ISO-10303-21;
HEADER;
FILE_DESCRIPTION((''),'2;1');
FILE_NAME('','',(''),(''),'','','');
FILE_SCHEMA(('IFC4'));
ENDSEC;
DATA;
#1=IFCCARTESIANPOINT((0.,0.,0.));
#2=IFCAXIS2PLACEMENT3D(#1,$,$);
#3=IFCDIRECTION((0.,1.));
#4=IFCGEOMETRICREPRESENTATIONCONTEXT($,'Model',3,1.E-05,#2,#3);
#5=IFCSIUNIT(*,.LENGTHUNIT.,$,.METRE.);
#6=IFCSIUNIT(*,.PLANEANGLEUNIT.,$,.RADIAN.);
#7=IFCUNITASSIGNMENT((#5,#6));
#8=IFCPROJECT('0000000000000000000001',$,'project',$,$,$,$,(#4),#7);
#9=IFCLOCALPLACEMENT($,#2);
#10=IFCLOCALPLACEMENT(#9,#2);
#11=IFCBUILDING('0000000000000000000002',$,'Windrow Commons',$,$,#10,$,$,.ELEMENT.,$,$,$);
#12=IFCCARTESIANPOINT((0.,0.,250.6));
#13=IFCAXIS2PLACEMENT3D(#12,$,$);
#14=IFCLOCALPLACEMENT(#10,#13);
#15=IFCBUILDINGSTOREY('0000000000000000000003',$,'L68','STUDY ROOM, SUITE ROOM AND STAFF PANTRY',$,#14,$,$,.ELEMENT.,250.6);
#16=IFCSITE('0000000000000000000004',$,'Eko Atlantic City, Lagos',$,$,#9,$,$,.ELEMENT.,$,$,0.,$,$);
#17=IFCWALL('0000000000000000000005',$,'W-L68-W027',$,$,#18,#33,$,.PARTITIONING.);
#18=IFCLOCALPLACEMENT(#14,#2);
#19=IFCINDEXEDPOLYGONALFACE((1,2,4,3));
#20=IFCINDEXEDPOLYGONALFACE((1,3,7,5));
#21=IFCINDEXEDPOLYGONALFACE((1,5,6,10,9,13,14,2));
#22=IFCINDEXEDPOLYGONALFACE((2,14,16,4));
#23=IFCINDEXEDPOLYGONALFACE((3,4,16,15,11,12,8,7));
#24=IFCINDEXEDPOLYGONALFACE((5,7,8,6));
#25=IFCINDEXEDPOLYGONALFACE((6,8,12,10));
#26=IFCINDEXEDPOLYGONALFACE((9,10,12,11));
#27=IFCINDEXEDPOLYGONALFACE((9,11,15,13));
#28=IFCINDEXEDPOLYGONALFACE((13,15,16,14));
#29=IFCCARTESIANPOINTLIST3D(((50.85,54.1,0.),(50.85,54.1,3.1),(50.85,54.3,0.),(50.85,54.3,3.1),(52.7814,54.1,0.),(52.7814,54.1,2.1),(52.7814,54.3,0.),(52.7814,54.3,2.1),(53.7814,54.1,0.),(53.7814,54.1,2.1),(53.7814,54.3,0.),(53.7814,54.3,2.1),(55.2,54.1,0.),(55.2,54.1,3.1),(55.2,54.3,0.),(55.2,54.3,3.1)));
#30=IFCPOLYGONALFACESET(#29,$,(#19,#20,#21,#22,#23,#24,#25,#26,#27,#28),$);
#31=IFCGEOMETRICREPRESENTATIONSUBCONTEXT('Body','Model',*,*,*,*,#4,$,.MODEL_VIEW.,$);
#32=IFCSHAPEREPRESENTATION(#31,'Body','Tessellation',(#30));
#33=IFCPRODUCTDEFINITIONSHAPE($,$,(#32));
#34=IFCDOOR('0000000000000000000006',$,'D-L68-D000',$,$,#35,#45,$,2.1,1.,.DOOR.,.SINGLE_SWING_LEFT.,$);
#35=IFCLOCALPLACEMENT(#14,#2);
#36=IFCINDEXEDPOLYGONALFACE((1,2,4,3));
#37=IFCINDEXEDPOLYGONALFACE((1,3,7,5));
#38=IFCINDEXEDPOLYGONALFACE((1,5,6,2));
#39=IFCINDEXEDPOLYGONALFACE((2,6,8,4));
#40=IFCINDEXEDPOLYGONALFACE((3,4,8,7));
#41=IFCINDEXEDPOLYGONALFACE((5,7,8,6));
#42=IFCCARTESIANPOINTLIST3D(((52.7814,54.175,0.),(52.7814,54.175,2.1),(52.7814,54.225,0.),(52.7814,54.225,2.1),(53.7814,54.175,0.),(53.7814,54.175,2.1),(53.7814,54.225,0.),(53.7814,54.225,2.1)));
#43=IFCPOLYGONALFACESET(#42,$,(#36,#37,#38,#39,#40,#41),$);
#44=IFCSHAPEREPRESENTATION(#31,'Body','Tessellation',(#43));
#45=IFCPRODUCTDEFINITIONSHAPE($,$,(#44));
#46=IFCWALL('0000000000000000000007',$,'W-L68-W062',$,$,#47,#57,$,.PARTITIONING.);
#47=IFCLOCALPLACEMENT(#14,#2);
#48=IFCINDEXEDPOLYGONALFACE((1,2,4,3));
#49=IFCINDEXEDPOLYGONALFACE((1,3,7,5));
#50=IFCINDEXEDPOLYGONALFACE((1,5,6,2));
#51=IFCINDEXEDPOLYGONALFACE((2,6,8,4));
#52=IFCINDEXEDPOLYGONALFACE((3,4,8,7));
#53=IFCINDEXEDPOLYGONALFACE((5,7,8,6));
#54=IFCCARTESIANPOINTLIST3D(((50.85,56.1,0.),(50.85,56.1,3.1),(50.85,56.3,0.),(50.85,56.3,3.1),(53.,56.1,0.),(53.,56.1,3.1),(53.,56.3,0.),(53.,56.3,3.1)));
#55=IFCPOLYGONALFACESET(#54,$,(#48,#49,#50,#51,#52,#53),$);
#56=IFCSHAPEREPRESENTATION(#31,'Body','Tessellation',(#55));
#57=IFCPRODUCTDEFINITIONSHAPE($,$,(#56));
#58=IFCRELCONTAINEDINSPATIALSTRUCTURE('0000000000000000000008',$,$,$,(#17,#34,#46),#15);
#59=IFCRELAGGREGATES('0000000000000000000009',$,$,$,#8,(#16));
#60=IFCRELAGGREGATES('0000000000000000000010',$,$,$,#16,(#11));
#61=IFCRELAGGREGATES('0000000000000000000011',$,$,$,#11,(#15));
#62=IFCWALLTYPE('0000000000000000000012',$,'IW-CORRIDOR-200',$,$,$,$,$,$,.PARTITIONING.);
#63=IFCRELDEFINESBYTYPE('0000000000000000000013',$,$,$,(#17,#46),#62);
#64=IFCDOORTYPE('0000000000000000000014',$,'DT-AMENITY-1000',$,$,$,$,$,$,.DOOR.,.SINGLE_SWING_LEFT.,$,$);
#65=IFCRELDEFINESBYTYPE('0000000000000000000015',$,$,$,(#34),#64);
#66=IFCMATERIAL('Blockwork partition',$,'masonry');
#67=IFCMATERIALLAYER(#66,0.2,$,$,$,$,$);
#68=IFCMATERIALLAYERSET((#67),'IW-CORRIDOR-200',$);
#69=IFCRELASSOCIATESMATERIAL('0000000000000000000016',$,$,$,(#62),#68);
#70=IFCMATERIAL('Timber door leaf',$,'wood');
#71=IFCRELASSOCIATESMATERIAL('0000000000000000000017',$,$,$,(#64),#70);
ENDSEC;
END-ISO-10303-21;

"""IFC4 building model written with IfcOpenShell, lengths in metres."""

from ifc_helpers import new_model, si_unit, direction, frame, frame_2d, origin, place, context, subcontext, project, spatial, rectangle, extrude, material, layer, layer_set, type_object, element, fill, save


model = new_model("IFC4")

# Units and contexts
model_context = context("Model", 3, precision=1e-05, world=origin(), true_north=direction((0.0, 1.0)))
body_context = subcontext(model_context, "Body", "Model", "MODEL_VIEW")
ifc_project = project(units=[si_unit("LENGTHUNIT", "METRE"), si_unit("PLANEANGLEUNIT", "RADIAN")], contexts=[model_context])

# Site, building, storey
site_placement = place(None, origin())
site = spatial("IfcSite", under=ifc_project, at=site_placement, Name="Eko Atlantic City, Lagos", CompositionType="ELEMENT", RefElevation=0.0)
building_placement = place(site_placement, origin())
building = spatial("IfcBuilding", under=site, at=building_placement, Name="Windrow Commons", CompositionType="ELEMENT")
storey_placement = place(building_placement, frame((0.0, 0.0, 250.6)))
storey = spatial("IfcBuildingStorey", under=building, at=storey_placement, Name="L68", Description="STUDY ROOM, SUITE ROOM AND STAFF PANTRY", CompositionType="ELEMENT", Elevation=250.6)

# Wall, opening, door
ifc_material_1 = material(Name="Blockwork partition", Category="masonry")
ifc_layer_1 = layer(ifc_material_1, 0.2)
ifc_layer_set_1 = layer_set([ifc_layer_1], Name="IW-CORRIDOR-200")
wall_type_1 = type_object("IfcWallType", Name="IW-CORRIDOR-200", PredefinedType="PARTITIONING", material=ifc_layer_set_1)
wall_1_placement = place(storey_placement, frame((50.85, 54.2, 0.0), z_axis=(0.0, 0.0, 1.0), x_axis=(1.0, 0.0, 0.0)))
wall_1 = element("IfcWall", 1, at=wall_1_placement, inside=storey, type_object=wall_type_1, Name="W-L68-W027", PredefinedType="PARTITIONING", context=body_context, shape_type="SweptSolid", body=[
    extrude(rectangle(XDim=4.35, YDim=0.2, at=frame_2d((2.175, 0.0))), origin(), (0.0, 0.0, 1.0), 3.1),
])
opening_1_placement = place(wall_1_placement, frame((1.9314, 0.0, 0.0)))
opening_1 = element("IfcOpeningElement", 2, at=opening_1_placement, cuts=wall_1, PredefinedType="OPENING", context=body_context, shape_type="SweptSolid", body=[
    extrude(rectangle(XDim=1.0, YDim=2.1, at=frame_2d((0.5, 1.05))), frame((0.0, 0.11, 0.0), z_axis=(0.0, -1.0, 0.0), x_axis=(1.0, 0.0, 0.0)), (0.0, 0.0, 1.0), 0.22),
])
ifc_material_2 = material(Name="Timber door leaf", Category="wood")
door_type = type_object("IfcDoorType", Name="DT-AMENITY-1000", OperationType="SINGLE_SWING_LEFT", PredefinedType="DOOR", material=ifc_material_2)
door_placement = place(opening_1_placement, origin())
door = element("IfcDoor", 3, at=door_placement, inside=storey, type_object=door_type, Name="D-L68-D000", OperationType="SINGLE_SWING_LEFT", OverallHeight=2.1, OverallWidth=1.0, PredefinedType="DOOR", context=body_context, shape_type="SweptSolid", body=[
    extrude(rectangle(XDim=1.0, YDim=2.1, at=frame_2d((0.5, 1.05))), frame((0.0, 0.025, 0.0), z_axis=(0.0, -1.0, 0.0), x_axis=(1.0, 0.0, 0.0)), (0.0, 0.0, 1.0), 0.05),
])
fill(opening_1, door)

# Wall
wall_2_placement = place(storey_placement, frame((50.85, 56.2, 0.0), z_axis=(0.0, 0.0, 1.0), x_axis=(1.0, 0.0, 0.0)))
element("IfcWall", 4, at=wall_2_placement, inside=storey, type_object=wall_type_1, Name="W-L68-W062", PredefinedType="PARTITIONING", context=body_context, shape_type="SweptSolid", body=[
    extrude(rectangle(XDim=2.15, YDim=0.2, at=frame_2d((1.075, 0.0))), origin(), (0.0, 0.0, 1.0), 3.1),
])

save(model, "model.ifc")
